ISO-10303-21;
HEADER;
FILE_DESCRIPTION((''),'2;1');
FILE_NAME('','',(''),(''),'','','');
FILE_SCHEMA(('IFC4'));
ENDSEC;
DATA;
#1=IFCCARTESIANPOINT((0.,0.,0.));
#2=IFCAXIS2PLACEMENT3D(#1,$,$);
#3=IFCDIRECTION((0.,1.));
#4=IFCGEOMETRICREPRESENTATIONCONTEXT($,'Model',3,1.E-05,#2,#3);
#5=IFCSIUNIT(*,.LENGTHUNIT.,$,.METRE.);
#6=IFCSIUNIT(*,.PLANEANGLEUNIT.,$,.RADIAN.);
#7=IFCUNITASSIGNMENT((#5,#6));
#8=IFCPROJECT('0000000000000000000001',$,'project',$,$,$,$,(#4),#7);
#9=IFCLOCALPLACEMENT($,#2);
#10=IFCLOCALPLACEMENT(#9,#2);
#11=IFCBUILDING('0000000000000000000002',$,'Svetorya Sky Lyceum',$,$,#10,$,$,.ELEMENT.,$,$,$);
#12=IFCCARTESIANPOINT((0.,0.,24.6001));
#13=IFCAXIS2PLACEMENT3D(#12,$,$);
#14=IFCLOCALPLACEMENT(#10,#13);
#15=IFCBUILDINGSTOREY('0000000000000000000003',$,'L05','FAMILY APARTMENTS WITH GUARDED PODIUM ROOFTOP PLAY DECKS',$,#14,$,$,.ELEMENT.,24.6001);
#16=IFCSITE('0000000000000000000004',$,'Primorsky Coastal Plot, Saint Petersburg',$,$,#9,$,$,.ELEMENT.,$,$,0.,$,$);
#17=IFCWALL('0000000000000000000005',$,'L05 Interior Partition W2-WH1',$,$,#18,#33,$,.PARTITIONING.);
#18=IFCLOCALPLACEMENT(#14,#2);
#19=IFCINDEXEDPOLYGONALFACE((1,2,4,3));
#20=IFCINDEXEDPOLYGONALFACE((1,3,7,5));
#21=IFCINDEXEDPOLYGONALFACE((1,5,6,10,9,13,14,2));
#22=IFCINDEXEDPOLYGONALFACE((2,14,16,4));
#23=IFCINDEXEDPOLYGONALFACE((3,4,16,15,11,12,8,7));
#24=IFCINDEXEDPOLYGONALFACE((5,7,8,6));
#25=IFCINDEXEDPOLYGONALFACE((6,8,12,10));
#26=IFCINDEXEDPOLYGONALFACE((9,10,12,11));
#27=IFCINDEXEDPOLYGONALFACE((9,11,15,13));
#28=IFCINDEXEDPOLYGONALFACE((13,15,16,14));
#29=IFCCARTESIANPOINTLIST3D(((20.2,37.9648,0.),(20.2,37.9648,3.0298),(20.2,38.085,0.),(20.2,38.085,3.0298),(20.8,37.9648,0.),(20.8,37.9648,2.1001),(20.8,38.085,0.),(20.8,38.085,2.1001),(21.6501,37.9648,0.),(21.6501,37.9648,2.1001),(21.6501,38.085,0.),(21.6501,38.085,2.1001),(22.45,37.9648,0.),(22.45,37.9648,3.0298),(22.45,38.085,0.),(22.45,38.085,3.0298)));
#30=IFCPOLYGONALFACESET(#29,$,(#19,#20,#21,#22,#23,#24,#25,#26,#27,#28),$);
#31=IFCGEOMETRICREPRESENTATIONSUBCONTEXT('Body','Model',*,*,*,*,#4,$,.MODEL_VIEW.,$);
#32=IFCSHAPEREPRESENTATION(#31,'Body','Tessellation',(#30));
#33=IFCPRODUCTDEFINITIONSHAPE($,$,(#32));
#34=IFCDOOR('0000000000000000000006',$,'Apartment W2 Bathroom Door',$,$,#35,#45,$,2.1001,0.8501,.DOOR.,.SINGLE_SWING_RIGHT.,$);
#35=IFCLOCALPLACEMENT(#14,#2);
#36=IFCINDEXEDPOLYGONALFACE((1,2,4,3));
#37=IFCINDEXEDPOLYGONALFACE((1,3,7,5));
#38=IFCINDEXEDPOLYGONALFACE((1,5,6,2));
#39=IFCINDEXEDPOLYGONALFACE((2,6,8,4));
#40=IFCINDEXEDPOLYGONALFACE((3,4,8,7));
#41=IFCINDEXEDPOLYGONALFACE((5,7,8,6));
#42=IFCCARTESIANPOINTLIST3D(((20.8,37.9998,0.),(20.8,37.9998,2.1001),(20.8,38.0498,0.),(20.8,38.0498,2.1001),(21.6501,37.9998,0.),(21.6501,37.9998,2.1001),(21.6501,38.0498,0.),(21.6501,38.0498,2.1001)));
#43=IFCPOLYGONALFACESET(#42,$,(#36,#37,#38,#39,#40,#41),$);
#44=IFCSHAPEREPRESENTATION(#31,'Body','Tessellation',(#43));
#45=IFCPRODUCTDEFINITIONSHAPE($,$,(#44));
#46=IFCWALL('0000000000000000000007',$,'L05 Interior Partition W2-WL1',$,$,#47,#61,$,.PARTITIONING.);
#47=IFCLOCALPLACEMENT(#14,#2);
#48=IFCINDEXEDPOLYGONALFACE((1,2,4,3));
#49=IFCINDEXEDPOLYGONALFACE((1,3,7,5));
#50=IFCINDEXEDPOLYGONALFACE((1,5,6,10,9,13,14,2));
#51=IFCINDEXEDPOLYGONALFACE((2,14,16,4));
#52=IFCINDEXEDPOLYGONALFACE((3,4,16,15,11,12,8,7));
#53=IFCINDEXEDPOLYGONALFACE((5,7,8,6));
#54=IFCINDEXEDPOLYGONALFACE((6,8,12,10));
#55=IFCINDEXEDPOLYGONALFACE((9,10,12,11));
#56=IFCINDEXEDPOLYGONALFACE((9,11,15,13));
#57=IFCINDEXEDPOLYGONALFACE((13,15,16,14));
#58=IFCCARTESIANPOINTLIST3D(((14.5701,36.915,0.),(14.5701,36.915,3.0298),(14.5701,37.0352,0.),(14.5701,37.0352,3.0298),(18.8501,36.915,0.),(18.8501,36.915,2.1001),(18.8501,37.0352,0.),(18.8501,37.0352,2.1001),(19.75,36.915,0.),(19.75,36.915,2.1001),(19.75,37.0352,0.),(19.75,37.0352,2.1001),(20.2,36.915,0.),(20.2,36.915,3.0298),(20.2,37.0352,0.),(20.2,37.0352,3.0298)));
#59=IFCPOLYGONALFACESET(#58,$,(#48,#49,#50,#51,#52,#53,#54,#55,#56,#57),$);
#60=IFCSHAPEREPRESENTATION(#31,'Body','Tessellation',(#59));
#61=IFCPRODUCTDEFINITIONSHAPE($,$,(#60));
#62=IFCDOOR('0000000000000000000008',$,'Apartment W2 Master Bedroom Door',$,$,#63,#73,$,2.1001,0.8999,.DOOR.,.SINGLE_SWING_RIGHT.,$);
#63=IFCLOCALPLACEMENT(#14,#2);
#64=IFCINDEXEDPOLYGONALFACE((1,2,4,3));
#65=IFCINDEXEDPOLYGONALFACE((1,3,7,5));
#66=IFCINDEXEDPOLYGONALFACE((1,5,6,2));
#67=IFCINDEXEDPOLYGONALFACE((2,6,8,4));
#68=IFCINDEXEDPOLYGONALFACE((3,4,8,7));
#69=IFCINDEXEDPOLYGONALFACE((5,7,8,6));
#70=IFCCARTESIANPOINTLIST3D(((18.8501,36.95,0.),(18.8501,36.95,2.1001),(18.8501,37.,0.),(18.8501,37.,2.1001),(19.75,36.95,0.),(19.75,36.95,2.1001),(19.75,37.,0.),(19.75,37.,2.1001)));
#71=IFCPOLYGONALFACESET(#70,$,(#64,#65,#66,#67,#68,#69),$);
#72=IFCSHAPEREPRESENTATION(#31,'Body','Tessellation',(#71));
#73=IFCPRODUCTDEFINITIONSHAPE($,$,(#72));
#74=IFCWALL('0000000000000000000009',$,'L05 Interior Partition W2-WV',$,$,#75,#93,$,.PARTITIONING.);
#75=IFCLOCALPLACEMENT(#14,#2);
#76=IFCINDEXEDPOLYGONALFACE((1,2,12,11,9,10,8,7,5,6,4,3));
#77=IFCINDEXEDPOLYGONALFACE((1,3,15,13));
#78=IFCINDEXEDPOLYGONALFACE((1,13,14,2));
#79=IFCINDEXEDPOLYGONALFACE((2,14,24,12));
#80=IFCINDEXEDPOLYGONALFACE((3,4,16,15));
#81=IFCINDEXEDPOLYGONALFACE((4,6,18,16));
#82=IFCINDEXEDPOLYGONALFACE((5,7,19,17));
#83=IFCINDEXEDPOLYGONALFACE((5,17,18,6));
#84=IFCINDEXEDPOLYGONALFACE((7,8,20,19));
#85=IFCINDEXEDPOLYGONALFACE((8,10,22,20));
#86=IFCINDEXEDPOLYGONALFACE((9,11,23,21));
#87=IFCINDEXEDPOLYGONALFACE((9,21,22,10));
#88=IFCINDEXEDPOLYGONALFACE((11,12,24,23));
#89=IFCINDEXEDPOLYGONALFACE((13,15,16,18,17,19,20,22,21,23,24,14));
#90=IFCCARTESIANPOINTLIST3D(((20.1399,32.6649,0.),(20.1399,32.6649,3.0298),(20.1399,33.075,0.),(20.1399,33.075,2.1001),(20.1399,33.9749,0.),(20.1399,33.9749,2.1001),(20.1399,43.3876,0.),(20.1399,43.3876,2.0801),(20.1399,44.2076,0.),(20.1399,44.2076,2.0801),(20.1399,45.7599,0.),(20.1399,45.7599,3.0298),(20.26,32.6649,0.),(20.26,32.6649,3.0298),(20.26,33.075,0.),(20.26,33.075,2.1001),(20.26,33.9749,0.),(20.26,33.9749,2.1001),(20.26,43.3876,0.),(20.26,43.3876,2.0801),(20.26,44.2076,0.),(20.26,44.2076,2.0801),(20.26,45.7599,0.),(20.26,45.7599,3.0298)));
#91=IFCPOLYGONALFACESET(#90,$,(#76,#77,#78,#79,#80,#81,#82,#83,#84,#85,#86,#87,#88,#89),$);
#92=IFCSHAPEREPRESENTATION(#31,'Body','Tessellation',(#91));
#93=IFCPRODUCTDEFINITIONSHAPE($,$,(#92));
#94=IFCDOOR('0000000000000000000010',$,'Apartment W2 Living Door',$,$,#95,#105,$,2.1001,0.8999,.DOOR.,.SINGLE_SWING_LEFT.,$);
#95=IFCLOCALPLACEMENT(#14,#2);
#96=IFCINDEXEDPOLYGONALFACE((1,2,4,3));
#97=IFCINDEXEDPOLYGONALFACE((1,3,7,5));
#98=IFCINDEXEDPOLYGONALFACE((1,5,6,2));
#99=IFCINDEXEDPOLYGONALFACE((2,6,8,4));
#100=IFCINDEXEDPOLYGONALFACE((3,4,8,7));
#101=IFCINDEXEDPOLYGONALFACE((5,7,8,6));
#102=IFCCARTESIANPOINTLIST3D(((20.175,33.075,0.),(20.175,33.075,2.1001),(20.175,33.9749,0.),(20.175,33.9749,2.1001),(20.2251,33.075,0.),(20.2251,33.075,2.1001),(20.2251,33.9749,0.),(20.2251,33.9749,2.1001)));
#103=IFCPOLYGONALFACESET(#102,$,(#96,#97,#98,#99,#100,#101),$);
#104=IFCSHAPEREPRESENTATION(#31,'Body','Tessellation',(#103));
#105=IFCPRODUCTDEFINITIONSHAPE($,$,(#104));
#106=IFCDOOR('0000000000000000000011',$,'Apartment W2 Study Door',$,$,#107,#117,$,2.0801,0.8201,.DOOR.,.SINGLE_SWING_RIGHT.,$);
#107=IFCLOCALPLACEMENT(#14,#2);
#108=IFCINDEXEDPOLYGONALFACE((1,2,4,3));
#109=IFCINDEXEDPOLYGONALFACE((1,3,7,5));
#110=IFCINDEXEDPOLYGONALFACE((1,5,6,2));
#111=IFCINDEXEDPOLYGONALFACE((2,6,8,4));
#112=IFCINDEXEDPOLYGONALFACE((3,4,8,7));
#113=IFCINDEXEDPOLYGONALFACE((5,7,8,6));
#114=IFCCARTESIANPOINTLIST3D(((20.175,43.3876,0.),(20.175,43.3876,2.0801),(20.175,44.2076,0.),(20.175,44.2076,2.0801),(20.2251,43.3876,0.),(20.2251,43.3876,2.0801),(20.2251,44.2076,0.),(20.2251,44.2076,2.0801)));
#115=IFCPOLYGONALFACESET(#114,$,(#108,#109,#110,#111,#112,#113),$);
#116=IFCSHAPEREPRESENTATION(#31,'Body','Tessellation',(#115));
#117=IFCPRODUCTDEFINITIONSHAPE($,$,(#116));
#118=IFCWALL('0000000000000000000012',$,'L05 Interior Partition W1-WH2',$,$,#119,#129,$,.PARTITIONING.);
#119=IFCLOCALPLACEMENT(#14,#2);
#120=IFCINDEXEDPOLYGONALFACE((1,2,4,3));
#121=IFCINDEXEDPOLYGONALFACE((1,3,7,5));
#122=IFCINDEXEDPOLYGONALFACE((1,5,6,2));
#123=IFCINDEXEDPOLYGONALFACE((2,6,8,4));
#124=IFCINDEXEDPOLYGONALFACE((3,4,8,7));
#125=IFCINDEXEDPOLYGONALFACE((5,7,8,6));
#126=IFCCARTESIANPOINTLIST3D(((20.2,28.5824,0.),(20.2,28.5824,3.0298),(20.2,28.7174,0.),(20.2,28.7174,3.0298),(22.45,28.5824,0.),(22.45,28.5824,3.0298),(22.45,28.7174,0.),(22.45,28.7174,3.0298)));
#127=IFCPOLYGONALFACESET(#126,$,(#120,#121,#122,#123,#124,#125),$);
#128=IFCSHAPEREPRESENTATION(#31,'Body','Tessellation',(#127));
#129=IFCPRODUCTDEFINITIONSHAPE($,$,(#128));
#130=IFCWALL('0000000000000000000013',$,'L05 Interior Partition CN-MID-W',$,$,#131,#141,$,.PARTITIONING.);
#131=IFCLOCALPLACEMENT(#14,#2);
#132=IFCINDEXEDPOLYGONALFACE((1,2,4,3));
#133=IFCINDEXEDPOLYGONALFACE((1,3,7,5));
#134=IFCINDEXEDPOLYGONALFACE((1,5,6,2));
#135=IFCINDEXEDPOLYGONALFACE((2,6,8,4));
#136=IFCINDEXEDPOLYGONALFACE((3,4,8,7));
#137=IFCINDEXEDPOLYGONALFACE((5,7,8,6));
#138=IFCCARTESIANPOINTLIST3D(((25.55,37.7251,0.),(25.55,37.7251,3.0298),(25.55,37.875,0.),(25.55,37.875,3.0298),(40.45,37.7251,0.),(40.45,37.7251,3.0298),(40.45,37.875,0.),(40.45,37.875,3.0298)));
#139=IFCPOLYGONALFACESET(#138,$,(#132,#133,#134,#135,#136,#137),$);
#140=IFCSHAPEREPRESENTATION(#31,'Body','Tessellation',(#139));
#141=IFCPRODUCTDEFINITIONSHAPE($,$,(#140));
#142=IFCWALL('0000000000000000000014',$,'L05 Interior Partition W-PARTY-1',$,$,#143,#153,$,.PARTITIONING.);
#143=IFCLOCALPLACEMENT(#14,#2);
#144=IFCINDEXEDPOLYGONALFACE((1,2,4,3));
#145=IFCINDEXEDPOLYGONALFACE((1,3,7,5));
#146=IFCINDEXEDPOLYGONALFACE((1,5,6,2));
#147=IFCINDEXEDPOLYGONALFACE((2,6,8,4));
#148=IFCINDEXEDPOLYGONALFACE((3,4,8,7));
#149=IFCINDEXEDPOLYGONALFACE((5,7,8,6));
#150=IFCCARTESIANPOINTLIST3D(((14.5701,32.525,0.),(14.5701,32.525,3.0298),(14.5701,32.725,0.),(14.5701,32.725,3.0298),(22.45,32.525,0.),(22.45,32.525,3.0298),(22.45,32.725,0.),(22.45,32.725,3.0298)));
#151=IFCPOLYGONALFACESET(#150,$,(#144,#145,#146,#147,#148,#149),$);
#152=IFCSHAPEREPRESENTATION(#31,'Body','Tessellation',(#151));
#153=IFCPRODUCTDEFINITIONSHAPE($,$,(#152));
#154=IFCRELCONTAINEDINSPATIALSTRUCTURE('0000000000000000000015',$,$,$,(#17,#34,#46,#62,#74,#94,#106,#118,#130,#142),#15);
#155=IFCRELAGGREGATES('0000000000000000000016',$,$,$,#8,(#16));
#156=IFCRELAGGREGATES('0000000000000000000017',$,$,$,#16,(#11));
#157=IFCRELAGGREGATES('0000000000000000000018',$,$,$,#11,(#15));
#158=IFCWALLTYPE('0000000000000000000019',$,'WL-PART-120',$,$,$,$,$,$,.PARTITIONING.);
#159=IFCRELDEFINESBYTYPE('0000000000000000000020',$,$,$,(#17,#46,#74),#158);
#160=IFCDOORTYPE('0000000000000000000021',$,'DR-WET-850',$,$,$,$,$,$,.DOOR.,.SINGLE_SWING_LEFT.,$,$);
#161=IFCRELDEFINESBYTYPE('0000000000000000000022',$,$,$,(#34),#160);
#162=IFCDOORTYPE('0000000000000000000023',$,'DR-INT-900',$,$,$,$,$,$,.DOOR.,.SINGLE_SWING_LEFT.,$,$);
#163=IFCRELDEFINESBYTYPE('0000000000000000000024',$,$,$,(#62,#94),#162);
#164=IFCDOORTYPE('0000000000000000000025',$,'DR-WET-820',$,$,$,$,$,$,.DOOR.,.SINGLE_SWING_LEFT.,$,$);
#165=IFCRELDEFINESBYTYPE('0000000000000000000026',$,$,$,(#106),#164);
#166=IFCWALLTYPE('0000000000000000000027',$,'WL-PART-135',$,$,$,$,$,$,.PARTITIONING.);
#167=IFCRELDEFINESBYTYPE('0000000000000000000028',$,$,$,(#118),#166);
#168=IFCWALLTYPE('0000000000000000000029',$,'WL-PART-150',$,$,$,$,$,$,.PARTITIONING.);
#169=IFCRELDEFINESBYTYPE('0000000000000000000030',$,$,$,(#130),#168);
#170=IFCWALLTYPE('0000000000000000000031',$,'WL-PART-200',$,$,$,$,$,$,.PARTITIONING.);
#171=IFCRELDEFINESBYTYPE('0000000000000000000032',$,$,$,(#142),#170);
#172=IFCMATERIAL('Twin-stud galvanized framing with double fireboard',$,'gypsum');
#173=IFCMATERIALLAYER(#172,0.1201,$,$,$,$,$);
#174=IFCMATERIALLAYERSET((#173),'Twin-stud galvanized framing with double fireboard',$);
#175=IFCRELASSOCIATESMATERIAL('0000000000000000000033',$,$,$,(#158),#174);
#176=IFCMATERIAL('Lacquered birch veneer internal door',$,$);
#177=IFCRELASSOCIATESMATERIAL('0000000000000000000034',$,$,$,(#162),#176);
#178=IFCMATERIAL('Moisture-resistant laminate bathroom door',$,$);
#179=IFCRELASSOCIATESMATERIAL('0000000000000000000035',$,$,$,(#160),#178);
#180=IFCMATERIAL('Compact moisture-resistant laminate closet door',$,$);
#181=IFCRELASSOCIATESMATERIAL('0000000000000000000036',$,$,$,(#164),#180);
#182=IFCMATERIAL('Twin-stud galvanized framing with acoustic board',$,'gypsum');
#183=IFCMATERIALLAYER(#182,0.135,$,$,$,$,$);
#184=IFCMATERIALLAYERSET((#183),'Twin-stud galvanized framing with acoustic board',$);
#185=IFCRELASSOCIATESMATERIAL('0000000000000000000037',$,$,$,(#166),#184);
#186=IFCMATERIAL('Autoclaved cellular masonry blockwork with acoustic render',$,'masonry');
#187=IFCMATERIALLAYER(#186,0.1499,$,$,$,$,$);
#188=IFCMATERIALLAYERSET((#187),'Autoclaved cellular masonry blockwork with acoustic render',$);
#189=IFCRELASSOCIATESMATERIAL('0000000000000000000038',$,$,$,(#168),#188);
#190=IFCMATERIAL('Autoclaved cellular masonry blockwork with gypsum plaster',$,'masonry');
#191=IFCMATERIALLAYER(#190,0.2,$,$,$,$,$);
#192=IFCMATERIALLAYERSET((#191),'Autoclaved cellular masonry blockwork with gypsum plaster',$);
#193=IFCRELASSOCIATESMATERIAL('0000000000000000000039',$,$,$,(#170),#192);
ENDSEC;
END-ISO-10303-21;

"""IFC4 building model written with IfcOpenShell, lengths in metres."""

from ifc_helpers import new_model, si_unit, direction, frame, frame_2d, origin, place, context, subcontext, project, spatial, rectangle, extrude, material, layer, layer_set, type_object, element, fill, save


model = new_model("IFC4")

# Units and contexts
model_context = context("Model", 3, precision=1e-05, world=origin(), true_north=direction((0.0, 1.0)))
body_context = subcontext(model_context, "Body", "Model", "MODEL_VIEW")
ifc_project = project(units=[si_unit("LENGTHUNIT", "METRE"), si_unit("PLANEANGLEUNIT", "RADIAN")], contexts=[model_context])

# Site, building, storey
site_placement = place(None, origin())
site = spatial("IfcSite", under=ifc_project, at=site_placement, Name="Primorsky Coastal Plot, Saint Petersburg", CompositionType="ELEMENT", RefElevation=0.0)
building_placement = place(site_placement, origin())
building = spatial("IfcBuilding", under=site, at=building_placement, Name="Svetorya Sky Lyceum", CompositionType="ELEMENT")
storey_placement = place(building_placement, frame((0.0, 0.0, 24.6001)))
storey = spatial("IfcBuildingStorey", under=building, at=storey_placement, Name="L05", Description="FAMILY APARTMENTS WITH GUARDED PODIUM ROOFTOP PLAY DECKS", CompositionType="ELEMENT", Elevation=24.6001)

# Walls, openings, doors
ifc_material_1 = material(Name="Twin-stud galvanized framing with double fireboard", Category="gypsum")
ifc_layer_1 = layer(ifc_material_1, 0.1201)
ifc_layer_set_1 = layer_set([ifc_layer_1], Name="Twin-stud galvanized framing with double fireboard")
wall_type_1 = type_object("IfcWallType", Name="WL-PART-120", PredefinedType="PARTITIONING", material=ifc_layer_set_1)
ifc_material_2 = material(Name="Lacquered birch veneer internal door")
door_type_1 = type_object("IfcDoorType", Name="DR-INT-900", OperationType="SINGLE_SWING_LEFT", PredefinedType="DOOR", material=ifc_material_2)
wall_1_placement = place(storey_placement, frame((20.2, 38.0249, 0.0), z_axis=(0.0, 0.0, 1.0), x_axis=(1.0, 0.0, 0.0)))
wall_1 = element("IfcWall", 1, at=wall_1_placement, inside=storey, type_object=wall_type_1, Name="L05 Interior Partition W2-WH1", PredefinedType="PARTITIONING", context=body_context, shape_type="SweptSolid", body=[
    extrude(rectangle(XDim=2.25, YDim=0.1201, at=frame_2d((1.125, 0.0))), origin(), (0.0, 0.0, 1.0), 3.0298),
])
opening_1_placement = place(wall_1_placement, frame((0.6001, 0.0, 0.0)))
opening_1 = element("IfcOpeningElement", 2, at=opening_1_placement, cuts=wall_1, PredefinedType="OPENING", context=body_context, shape_type="SweptSolid", body=[
    extrude(rectangle(XDim=0.8501, YDim=2.1001, at=frame_2d((0.425, 1.05))), frame((0.0, 0.0701, 0.0), z_axis=(0.0, -1.0, 0.0), x_axis=(1.0, 0.0, 0.0)), (0.0, 0.0, 1.0), 0.1401),
])
ifc_material_3 = material(Name="Moisture-resistant laminate bathroom door")
door_type_2 = type_object("IfcDoorType", Name="DR-WET-850", OperationType="SINGLE_SWING_LEFT", PredefinedType="DOOR", material=ifc_material_3)
door_1_placement = place(opening_1_placement, origin())
door_1 = element("IfcDoor", 3, at=door_1_placement, inside=storey, type_object=door_type_2, Name="Apartment W2 Bathroom Door", OperationType="SINGLE_SWING_RIGHT", OverallHeight=2.1001, OverallWidth=0.8501, PredefinedType="DOOR", context=body_context, shape_type="SweptSolid", body=[
    extrude(rectangle(XDim=0.8501, YDim=2.1001, at=frame_2d((0.425, 1.05))), frame((0.0, 0.0249, 0.0), z_axis=(0.0, -1.0, 0.0), x_axis=(1.0, 0.0, 0.0)), (0.0, 0.0, 1.0), 0.05),
])
fill(opening_1, door_1)
wall_2_placement = place(storey_placement, frame((14.5701, 36.9751, 0.0), z_axis=(0.0, 0.0, 1.0), x_axis=(1.0, 0.0, 0.0)))
wall_2 = element("IfcWall", 4, at=wall_2_placement, inside=storey, type_object=wall_type_1, Name="L05 Interior Partition W2-WL1", PredefinedType="PARTITIONING", context=body_context, shape_type="SweptSolid", body=[
    extrude(rectangle(XDim=5.6299, YDim=0.1201, at=frame_2d((2.8149, 0.0))), origin(), (0.0, 0.0, 1.0), 3.0298),
])
opening_2_placement = place(wall_2_placement, frame((4.28, 0.0, 0.0)))
opening_2 = element("IfcOpeningElement", 5, at=opening_2_placement, cuts=wall_2, PredefinedType="OPENING", context=body_context, shape_type="SweptSolid", body=[
    extrude(rectangle(XDim=0.8999, YDim=2.1001, at=frame_2d((0.45, 1.05))), frame((0.0, 0.0701, 0.0), z_axis=(0.0, -1.0, 0.0), x_axis=(1.0, 0.0, 0.0)), (0.0, 0.0, 1.0), 0.1401),
])
door_2_placement = place(opening_2_placement, origin())
door_2 = element("IfcDoor", 6, at=door_2_placement, inside=storey, type_object=door_type_1, Name="Apartment W2 Master Bedroom Door", OperationType="SINGLE_SWING_RIGHT", OverallHeight=2.1001, OverallWidth=0.8999, PredefinedType="DOOR", context=body_context, shape_type="SweptSolid", body=[
    extrude(rectangle(XDim=0.8999, YDim=2.1001, at=frame_2d((0.45, 1.05))), frame((0.0, 0.0249, 0.0), z_axis=(0.0, -1.0, 0.0), x_axis=(1.0, 0.0, 0.0)), (0.0, 0.0, 1.0), 0.05),
])
fill(opening_2, door_2)

# Wall, openings, doors
wall_3_placement = place(storey_placement, frame((20.2, 32.665, 0.0), z_axis=(0.0, 0.0, 1.0), x_axis=(0.0, 1.0, 0.0)))
wall_3 = element("IfcWall", 7, at=wall_3_placement, inside=storey, type_object=wall_type_1, Name="L05 Interior Partition W2-WV", PredefinedType="PARTITIONING", context=body_context, shape_type="SweptSolid", body=[
    extrude(rectangle(XDim=13.095, YDim=0.1201, at=frame_2d((6.5474, 0.0))), origin(), (0.0, 0.0, 1.0), 3.0298),
])
opening_3_placement = place(wall_3_placement, frame((0.4099, 0.0, 0.0)))
opening_3 = element("IfcOpeningElement", 8, at=opening_3_placement, cuts=wall_3, PredefinedType="OPENING", context=body_context, shape_type="SweptSolid", body=[
    extrude(rectangle(XDim=0.8999, YDim=2.1001, at=frame_2d((0.45, 1.05))), frame((0.0, 0.0701, 0.0), z_axis=(0.0, -1.0, 0.0), x_axis=(1.0, 0.0, 0.0)), (0.0, 0.0, 1.0), 0.1401),
])
opening_4_placement = place(wall_3_placement, frame((10.7224, 0.0, 0.0)))
opening_4 = element("IfcOpeningElement", 9, at=opening_4_placement, cuts=wall_3, PredefinedType="OPENING", context=body_context, shape_type="SweptSolid", body=[
    extrude(rectangle(XDim=0.8201, YDim=2.0801, at=frame_2d((0.4102, 1.04))), frame((0.0, 0.0701, 0.0), z_axis=(0.0, -1.0, 0.0), x_axis=(1.0, 0.0, 0.0)), (0.0, 0.0, 1.0), 0.1401),
])
door_3_placement = place(opening_3_placement, origin())
door_3 = element("IfcDoor", 10, at=door_3_placement, inside=storey, type_object=door_type_1, Name="Apartment W2 Living Door", OperationType="SINGLE_SWING_LEFT", OverallHeight=2.1001, OverallWidth=0.8999, PredefinedType="DOOR", context=body_context, shape_type="SweptSolid", body=[
    extrude(rectangle(XDim=0.8999, YDim=2.1001, at=frame_2d((0.45, 1.05))), frame((0.0, 0.0249, 0.0), z_axis=(0.0, -1.0, 0.0), x_axis=(1.0, 0.0, 0.0)), (0.0, 0.0, 1.0), 0.05),
])
fill(opening_3, door_3)
ifc_material_4 = material(Name="Compact moisture-resistant laminate closet door")
door_type_3 = type_object("IfcDoorType", Name="DR-WET-820", OperationType="SINGLE_SWING_LEFT", PredefinedType="DOOR", material=ifc_material_4)
door_4_placement = place(opening_4_placement, origin())
door_4 = element("IfcDoor", 11, at=door_4_placement, inside=storey, type_object=door_type_3, Name="Apartment W2 Study Door", OperationType="SINGLE_SWING_RIGHT", OverallHeight=2.0801, OverallWidth=0.8201, PredefinedType="DOOR", context=body_context, shape_type="SweptSolid", body=[
    extrude(rectangle(XDim=0.8201, YDim=2.0801, at=frame_2d((0.4102, 1.04))), frame((0.0, 0.0249, 0.0), z_axis=(0.0, -1.0, 0.0), x_axis=(1.0, 0.0, 0.0)), (0.0, 0.0, 1.0), 0.05),
])
fill(opening_4, door_4)

# Walls
ifc_material_5 = material(Name="Twin-stud galvanized framing with acoustic board", Category="gypsum")
ifc_layer_2 = layer(ifc_material_5, 0.135)
ifc_layer_set_2 = layer_set([ifc_layer_2], Name="Twin-stud galvanized framing with acoustic board")
wall_type_2 = type_object("IfcWallType", Name="WL-PART-135", PredefinedType="PARTITIONING", material=ifc_layer_set_2)
wall_4_placement = place(storey_placement, frame((20.2, 28.6499, 0.0), z_axis=(0.0, 0.0, 1.0), x_axis=(1.0, 0.0, 0.0)))
element("IfcWall", 12, at=wall_4_placement, inside=storey, type_object=wall_type_2, Name="L05 Interior Partition W1-WH2", PredefinedType="PARTITIONING", context=body_context, shape_type="SweptSolid", body=[
    extrude(rectangle(XDim=2.25, YDim=0.135, at=frame_2d((1.125, 0.0))), origin(), (0.0, 0.0, 1.0), 3.0298),
])
ifc_material_6 = material(Name="Autoclaved cellular masonry blockwork with acoustic render", Category="masonry")
ifc_layer_3 = layer(ifc_material_6, 0.1499)
ifc_layer_set_3 = layer_set([ifc_layer_3], Name="Autoclaved cellular masonry blockwork with acoustic render")
wall_type_3 = type_object("IfcWallType", Name="WL-PART-150", PredefinedType="PARTITIONING", material=ifc_layer_set_3)
wall_5_placement = place(storey_placement, frame((25.55, 37.8, 0.0), z_axis=(0.0, 0.0, 1.0), x_axis=(1.0, 0.0, 0.0)))
element("IfcWall", 13, at=wall_5_placement, inside=storey, type_object=wall_type_3, Name="L05 Interior Partition CN-MID-W", PredefinedType="PARTITIONING", context=body_context, shape_type="SweptSolid", body=[
    extrude(rectangle(XDim=14.8999, YDim=0.1499, at=frame_2d((7.45, 0.0))), origin(), (0.0, 0.0, 1.0), 3.0298),
])
ifc_material_7 = material(Name="Autoclaved cellular masonry blockwork with gypsum plaster", Category="masonry")
ifc_layer_4 = layer(ifc_material_7, 0.2)
ifc_layer_set_4 = layer_set([ifc_layer_4], Name="Autoclaved cellular masonry blockwork with gypsum plaster")
wall_type_4 = type_object("IfcWallType", Name="WL-PART-200", PredefinedType="PARTITIONING", material=ifc_layer_set_4)
wall_6_placement = place(storey_placement, frame((14.5701, 32.625, 0.0), z_axis=(0.0, 0.0, 1.0), x_axis=(1.0, 0.0, 0.0)))
element("IfcWall", 14, at=wall_6_placement, inside=storey, type_object=wall_type_4, Name="L05 Interior Partition W-PARTY-1", PredefinedType="PARTITIONING", context=body_context, shape_type="SweptSolid", body=[
    extrude(rectangle(XDim=7.8799, YDim=0.2, at=frame_2d((3.9399, 0.0))), origin(), (0.0, 0.0, 1.0), 3.0298),
])

save(model, "model.ifc")
